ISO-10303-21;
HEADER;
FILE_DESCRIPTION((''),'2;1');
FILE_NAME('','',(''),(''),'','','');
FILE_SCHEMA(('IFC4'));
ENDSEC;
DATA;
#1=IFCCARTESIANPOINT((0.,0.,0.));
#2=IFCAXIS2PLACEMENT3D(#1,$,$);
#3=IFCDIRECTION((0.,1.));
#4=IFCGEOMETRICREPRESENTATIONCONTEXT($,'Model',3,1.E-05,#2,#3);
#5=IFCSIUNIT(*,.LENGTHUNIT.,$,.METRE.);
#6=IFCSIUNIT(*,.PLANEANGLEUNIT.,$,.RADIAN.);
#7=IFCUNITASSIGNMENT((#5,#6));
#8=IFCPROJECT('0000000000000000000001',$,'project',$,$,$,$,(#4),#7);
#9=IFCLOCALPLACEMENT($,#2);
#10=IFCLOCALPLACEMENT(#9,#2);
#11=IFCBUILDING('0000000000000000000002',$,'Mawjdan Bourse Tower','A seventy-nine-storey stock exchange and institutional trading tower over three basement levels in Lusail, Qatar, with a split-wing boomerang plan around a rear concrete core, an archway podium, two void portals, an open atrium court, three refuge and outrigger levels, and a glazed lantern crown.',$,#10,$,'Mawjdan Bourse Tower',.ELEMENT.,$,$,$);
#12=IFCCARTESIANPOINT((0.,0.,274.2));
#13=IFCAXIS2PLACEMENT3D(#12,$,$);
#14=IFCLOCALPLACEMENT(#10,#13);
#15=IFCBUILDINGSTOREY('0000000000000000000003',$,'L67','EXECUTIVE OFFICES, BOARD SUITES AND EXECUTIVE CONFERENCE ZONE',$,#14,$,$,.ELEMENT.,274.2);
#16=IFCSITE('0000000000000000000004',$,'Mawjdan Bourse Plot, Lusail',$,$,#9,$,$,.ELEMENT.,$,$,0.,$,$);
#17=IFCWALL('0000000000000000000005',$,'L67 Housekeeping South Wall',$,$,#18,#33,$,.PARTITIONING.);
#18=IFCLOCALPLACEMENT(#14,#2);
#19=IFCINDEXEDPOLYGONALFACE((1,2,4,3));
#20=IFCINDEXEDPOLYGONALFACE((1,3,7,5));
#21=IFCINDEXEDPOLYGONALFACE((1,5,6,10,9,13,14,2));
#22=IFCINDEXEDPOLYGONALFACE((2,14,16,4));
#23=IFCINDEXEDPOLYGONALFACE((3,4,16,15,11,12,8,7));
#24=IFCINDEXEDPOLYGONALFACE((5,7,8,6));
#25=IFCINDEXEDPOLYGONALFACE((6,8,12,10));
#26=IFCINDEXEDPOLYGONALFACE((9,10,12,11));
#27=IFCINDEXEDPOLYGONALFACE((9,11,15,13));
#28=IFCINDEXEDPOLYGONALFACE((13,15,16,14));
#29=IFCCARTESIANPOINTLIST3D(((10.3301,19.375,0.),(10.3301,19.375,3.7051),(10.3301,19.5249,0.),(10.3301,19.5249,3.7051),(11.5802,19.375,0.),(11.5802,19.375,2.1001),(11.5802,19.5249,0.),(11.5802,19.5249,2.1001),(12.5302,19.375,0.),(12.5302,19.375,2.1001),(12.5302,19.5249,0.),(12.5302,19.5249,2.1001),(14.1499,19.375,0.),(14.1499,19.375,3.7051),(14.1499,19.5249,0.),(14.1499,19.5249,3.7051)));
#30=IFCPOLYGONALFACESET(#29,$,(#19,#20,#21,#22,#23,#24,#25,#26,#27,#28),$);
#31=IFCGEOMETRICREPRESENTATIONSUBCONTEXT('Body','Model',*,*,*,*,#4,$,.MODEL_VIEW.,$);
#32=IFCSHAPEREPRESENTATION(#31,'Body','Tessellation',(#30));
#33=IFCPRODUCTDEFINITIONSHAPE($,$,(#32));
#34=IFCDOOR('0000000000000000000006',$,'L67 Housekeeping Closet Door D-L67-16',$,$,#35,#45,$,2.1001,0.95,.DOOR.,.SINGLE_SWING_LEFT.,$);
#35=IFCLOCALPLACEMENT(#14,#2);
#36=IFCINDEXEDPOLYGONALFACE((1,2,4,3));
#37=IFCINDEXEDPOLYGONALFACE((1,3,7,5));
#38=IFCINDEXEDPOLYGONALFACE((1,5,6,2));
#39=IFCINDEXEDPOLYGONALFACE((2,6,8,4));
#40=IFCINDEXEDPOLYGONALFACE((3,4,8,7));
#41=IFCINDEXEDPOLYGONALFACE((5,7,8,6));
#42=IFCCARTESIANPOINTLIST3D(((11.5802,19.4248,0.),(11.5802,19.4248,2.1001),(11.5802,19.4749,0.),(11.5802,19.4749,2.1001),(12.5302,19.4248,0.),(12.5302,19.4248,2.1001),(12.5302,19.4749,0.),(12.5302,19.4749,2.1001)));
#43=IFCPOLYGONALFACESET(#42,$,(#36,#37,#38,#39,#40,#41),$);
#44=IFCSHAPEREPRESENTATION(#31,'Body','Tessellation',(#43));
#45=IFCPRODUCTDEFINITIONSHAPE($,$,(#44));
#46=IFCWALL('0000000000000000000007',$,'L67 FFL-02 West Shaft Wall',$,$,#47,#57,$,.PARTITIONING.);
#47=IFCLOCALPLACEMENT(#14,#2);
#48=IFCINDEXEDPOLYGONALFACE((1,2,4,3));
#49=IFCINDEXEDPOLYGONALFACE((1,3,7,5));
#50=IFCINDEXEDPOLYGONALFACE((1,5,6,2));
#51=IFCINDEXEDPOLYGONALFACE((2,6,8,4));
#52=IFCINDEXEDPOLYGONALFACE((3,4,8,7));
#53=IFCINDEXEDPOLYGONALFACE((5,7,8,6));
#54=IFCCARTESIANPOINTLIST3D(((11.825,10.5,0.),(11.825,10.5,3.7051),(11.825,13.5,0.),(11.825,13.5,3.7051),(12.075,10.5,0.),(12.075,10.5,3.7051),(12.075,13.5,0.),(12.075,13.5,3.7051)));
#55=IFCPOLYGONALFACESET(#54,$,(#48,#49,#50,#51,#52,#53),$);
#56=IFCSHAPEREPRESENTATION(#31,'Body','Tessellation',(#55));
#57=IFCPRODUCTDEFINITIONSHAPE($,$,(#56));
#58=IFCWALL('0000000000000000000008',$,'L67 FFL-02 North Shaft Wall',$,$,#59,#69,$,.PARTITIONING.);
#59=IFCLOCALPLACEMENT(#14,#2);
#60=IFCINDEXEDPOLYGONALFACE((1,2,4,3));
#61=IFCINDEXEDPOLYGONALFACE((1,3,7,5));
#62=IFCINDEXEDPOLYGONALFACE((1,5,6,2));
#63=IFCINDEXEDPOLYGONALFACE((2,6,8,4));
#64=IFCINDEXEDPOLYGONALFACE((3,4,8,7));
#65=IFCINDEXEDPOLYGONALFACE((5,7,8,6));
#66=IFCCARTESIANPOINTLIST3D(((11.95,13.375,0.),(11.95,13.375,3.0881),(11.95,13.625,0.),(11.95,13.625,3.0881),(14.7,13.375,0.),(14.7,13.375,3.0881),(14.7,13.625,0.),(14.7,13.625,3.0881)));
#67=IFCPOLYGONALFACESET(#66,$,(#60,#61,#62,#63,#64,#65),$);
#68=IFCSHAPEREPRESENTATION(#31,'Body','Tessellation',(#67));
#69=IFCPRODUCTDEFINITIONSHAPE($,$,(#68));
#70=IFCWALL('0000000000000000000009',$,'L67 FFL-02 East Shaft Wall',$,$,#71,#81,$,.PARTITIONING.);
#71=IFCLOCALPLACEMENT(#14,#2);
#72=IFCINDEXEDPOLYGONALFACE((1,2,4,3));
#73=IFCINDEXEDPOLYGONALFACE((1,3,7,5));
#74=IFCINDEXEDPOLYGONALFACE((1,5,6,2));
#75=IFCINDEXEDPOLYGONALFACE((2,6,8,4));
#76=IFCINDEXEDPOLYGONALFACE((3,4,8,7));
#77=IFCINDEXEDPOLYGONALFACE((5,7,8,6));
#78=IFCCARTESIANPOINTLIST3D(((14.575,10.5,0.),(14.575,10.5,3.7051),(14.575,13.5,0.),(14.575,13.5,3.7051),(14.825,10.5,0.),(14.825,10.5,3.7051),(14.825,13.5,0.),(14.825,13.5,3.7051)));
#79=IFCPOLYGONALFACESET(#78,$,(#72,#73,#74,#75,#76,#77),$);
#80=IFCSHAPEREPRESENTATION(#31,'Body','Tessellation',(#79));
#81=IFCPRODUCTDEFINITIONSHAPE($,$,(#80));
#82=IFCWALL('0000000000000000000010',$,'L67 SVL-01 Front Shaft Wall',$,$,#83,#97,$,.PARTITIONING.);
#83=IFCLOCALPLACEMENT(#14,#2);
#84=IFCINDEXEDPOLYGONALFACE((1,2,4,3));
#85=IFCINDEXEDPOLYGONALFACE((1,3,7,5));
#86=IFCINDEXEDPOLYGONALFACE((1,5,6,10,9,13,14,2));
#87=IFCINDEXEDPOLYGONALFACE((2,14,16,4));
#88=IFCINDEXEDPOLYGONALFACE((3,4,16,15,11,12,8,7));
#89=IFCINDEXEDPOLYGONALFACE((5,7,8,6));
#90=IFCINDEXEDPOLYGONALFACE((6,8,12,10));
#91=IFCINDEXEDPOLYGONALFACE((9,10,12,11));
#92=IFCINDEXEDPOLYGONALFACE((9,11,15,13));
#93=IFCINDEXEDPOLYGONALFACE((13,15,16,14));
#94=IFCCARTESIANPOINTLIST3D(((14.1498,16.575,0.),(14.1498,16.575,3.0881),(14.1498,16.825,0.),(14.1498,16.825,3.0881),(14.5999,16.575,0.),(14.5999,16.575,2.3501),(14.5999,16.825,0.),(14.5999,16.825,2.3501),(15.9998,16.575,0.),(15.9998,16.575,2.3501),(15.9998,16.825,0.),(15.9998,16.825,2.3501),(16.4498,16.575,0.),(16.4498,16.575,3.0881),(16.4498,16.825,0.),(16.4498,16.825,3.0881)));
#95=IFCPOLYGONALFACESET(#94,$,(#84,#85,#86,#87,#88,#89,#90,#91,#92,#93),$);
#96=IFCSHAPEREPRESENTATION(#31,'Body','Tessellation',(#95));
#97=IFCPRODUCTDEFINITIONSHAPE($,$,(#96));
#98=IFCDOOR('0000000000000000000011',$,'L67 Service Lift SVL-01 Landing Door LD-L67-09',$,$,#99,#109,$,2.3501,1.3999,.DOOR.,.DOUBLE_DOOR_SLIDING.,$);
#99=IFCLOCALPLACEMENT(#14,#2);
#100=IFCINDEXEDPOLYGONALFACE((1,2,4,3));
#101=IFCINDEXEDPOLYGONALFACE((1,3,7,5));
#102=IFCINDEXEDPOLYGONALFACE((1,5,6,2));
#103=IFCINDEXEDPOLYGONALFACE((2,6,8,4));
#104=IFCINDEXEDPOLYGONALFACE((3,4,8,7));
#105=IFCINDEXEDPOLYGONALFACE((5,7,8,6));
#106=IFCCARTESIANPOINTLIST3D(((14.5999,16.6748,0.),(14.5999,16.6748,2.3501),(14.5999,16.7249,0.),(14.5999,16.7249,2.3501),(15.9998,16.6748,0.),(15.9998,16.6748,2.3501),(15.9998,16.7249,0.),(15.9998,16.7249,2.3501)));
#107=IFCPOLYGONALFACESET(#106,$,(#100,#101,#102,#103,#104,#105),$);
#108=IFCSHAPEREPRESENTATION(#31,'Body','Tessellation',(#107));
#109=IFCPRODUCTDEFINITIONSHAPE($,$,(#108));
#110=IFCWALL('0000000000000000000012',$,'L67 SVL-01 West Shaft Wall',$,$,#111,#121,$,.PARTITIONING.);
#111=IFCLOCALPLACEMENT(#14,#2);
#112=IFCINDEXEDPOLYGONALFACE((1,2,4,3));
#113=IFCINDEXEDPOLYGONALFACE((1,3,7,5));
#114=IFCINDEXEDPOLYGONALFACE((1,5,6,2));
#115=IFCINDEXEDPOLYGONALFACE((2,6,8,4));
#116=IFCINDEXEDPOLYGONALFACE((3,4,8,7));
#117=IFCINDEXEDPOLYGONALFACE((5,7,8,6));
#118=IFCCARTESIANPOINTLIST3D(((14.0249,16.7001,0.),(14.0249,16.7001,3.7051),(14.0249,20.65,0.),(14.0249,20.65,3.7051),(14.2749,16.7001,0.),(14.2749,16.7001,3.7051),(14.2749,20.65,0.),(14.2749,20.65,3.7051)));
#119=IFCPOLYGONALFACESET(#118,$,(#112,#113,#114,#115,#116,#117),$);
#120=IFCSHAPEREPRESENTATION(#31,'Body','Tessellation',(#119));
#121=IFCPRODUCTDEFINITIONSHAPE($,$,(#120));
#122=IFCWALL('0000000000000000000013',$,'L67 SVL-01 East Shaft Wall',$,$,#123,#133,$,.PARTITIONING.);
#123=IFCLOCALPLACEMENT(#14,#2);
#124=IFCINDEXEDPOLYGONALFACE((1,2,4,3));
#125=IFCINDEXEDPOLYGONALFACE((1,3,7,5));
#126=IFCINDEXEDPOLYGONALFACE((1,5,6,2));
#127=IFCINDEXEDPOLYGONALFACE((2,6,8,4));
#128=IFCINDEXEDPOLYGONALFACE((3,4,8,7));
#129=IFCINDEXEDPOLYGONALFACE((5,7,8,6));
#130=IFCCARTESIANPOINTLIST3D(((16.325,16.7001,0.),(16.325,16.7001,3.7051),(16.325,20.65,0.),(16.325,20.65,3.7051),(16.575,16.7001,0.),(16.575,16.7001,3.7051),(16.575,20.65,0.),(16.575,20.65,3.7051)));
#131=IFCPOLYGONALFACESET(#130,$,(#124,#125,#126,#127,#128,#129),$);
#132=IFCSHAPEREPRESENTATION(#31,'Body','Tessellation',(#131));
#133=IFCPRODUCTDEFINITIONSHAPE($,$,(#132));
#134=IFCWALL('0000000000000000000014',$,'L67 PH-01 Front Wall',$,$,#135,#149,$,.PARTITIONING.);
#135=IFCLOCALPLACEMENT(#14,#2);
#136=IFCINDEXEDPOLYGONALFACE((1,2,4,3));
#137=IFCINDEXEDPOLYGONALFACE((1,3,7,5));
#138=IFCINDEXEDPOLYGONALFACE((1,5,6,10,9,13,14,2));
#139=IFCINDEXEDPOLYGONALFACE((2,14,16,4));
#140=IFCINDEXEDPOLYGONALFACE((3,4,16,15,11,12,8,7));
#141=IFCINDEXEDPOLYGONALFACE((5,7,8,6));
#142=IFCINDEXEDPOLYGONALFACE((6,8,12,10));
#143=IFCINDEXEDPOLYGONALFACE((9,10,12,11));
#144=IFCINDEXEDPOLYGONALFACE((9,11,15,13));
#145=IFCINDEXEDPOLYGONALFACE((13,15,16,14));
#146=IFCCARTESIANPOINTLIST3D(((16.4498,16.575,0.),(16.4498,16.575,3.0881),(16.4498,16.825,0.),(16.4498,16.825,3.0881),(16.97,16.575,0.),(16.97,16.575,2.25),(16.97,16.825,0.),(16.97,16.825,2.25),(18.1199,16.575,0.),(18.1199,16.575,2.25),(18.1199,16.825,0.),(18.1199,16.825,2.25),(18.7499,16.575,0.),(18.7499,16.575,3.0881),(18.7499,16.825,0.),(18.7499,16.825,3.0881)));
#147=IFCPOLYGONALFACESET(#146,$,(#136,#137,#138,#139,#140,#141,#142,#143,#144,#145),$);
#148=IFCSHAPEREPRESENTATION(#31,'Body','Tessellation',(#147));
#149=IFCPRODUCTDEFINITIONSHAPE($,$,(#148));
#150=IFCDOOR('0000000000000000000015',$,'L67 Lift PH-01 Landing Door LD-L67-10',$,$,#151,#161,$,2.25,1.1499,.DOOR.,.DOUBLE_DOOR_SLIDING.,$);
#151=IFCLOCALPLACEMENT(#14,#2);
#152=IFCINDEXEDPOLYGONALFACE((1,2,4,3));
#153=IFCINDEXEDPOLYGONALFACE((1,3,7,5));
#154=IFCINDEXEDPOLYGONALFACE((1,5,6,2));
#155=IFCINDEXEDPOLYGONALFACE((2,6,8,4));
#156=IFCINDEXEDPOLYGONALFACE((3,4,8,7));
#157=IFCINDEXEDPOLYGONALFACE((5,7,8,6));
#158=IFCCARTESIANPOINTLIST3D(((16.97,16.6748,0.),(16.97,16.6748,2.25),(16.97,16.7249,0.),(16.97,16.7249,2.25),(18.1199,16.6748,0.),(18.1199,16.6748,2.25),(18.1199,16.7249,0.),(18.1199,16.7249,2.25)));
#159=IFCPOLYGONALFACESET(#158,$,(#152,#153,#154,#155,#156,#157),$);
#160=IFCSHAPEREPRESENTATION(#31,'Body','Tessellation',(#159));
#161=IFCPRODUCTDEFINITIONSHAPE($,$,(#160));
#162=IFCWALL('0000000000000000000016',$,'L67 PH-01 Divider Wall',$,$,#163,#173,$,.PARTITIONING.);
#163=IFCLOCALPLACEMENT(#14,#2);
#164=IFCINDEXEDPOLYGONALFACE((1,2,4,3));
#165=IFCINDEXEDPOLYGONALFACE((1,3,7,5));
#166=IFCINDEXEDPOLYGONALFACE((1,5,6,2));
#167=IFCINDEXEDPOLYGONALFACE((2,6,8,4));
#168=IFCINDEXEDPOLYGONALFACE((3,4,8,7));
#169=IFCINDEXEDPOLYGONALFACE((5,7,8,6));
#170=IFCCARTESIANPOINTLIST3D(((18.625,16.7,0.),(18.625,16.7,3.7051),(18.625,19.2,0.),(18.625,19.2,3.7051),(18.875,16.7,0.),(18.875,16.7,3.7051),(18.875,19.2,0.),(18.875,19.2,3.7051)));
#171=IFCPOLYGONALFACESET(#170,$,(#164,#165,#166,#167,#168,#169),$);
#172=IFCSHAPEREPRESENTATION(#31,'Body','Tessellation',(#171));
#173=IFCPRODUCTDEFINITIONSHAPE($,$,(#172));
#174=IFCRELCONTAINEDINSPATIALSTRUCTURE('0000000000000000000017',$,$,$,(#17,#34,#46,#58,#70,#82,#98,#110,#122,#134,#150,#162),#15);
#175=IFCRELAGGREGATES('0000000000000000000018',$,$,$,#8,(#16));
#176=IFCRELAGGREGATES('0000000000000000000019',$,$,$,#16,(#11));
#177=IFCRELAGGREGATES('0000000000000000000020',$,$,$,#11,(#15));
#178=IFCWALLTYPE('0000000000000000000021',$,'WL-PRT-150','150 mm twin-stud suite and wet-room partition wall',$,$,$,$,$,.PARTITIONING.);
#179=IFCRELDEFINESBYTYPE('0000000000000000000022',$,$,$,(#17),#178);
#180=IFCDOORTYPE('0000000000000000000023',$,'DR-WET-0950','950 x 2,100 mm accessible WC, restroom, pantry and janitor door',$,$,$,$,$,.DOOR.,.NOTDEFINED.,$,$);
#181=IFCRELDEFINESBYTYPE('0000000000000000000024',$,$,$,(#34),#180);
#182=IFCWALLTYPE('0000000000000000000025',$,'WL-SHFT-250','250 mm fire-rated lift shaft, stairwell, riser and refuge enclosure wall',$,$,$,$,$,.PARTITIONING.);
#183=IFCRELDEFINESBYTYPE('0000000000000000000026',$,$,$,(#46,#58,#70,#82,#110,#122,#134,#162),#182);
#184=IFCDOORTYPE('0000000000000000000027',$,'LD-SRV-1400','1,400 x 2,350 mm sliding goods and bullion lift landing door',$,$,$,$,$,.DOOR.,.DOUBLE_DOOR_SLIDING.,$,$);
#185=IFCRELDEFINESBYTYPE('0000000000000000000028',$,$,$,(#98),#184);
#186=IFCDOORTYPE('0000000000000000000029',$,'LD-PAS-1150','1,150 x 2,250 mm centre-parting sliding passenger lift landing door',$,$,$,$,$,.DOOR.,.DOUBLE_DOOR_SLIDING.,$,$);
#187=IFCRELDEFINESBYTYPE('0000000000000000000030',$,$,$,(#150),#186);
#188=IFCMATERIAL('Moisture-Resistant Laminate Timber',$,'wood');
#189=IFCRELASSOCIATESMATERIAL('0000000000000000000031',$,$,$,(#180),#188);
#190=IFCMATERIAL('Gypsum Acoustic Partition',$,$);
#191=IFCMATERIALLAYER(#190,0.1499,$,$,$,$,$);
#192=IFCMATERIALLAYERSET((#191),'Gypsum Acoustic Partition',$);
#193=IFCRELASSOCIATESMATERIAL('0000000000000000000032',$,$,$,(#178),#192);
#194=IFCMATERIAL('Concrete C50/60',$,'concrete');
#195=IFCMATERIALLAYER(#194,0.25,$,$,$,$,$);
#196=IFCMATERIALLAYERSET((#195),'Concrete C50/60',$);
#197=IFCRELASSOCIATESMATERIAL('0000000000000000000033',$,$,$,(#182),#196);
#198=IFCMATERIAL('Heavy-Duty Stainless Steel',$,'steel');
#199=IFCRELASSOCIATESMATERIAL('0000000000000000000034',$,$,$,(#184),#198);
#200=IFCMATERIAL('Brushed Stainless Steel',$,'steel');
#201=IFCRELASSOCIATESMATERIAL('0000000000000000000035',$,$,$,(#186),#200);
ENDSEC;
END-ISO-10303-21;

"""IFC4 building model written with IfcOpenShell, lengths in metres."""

from ifc_helpers import new_model, si_unit, direction, frame, frame_2d, origin, place, context, subcontext, project, spatial, rectangle, extrude, material, layer, layer_set, type_object, element, fill, save


model = new_model("IFC4")

# Units and contexts
model_context = context("Model", 3, precision=1e-05, world=origin(), true_north=direction((0.0, 1.0)))
body_context = subcontext(model_context, "Body", "Model", "MODEL_VIEW")
ifc_project = project(units=[si_unit("LENGTHUNIT", "METRE"), si_unit("PLANEANGLEUNIT", "RADIAN")], contexts=[model_context])

# Site, building, storey
site_placement = place(None, origin())
site = spatial("IfcSite", under=ifc_project, at=site_placement, Name="Mawjdan Bourse Plot, Lusail", CompositionType="ELEMENT", RefElevation=0.0)
building_placement = place(site_placement, origin())
building = spatial("IfcBuilding", under=site, at=building_placement, Name="Mawjdan Bourse Tower", Description="A seventy-nine-storey stock exchange and institutional trading tower over three basement levels in Lusail, Qatar, with a split-wing boomerang plan around a rear concrete core, an archway podium, two void portals, an open atrium court, three refuge and outrigger levels, and a glazed lantern crown.", LongName="Mawjdan Bourse Tower", CompositionType="ELEMENT")
storey_placement = place(building_placement, frame((0.0, 0.0, 274.2)))
storey = spatial("IfcBuildingStorey", under=building, at=storey_placement, Name="L67", Description="EXECUTIVE OFFICES, BOARD SUITES AND EXECUTIVE CONFERENCE ZONE", CompositionType="ELEMENT", Elevation=274.2)

# Wall, opening, door
ifc_material_1 = material(Name="Moisture-Resistant Laminate Timber", Category="wood")
door_type_1 = type_object("IfcDoorType", Name="DR-WET-0950", Description="950 x 2,100 mm accessible WC, restroom, pantry and janitor door", OperationType="NOTDEFINED", PredefinedType="DOOR", material=ifc_material_1)
ifc_material_2 = material(Name="Gypsum Acoustic Partition")
ifc_layer_1 = layer(ifc_material_2, 0.1499)
ifc_layer_set_1 = layer_set([ifc_layer_1], Name="Gypsum Acoustic Partition")
wall_type_1 = type_object("IfcWallType", Name="WL-PRT-150", Description="150 mm twin-stud suite and wet-room partition wall", PredefinedType="PARTITIONING", material=ifc_layer_set_1)
wall_1_placement = place(storey_placement, frame((10.3301, 19.45, 0.0), z_axis=(0.0, 0.0, 1.0), x_axis=(1.0, 0.0, 0.0)))
wall_1 = element("IfcWall", 1, at=wall_1_placement, inside=storey, type_object=wall_type_1, Name="L67 Housekeeping South Wall", PredefinedType="PARTITIONING", context=body_context, shape_type="SweptSolid", body=[
    extrude(rectangle(XDim=3.8198, YDim=0.1499, at=frame_2d((1.9099, 0.0))), origin(), (0.0, 0.0, 1.0), 3.7051),
])
opening_1_placement = place(wall_1_placement, frame((1.25, 0.0, 0.0)))
opening_1 = element("IfcOpeningElement", 2, at=opening_1_placement, cuts=wall_1, PredefinedType="OPENING", context=body_context, shape_type="SweptSolid", body=[
    extrude(rectangle(XDim=0.95, YDim=2.1001, at=frame_2d((0.4751, 1.05))), frame((0.0, 0.085, 0.0), z_axis=(0.0, -1.0, 0.0), x_axis=(1.0, 0.0, 0.0)), (0.0, 0.0, 1.0), 0.1699),
])
door_1_placement = place(opening_1_placement, origin())
door_1 = element("IfcDoor", 3, at=door_1_placement, inside=storey, type_object=door_type_1, Name="L67 Housekeeping Closet Door D-L67-16", OperationType="SINGLE_SWING_LEFT", OverallHeight=2.1001, OverallWidth=0.95, PredefinedType="DOOR", context=body_context, shape_type="SweptSolid", body=[
    extrude(rectangle(XDim=0.95, YDim=2.1001, at=frame_2d((0.4751, 1.05))), frame((0.0, 0.0249, 0.0), z_axis=(0.0, -1.0, 0.0), x_axis=(1.0, 0.0, 0.0)), (0.0, 0.0, 1.0), 0.05),
])
fill(opening_1, door_1)

# Walls
ifc_material_3 = material(Name="Concrete C50/60", Category="concrete")
ifc_layer_2 = layer(ifc_material_3, 0.25)
ifc_layer_set_2 = layer_set([ifc_layer_2], Name="Concrete C50/60")
wall_type_2 = type_object("IfcWallType", Name="WL-SHFT-250", Description="250 mm fire-rated lift shaft, stairwell, riser and refuge enclosure wall", PredefinedType="PARTITIONING", material=ifc_layer_set_2)
wall_2_placement = place(storey_placement, frame((11.95, 10.5, 0.0), z_axis=(0.0, 0.0, 1.0), x_axis=(0.0, 1.0, 0.0)))
element("IfcWall", 4, at=wall_2_placement, inside=storey, type_object=wall_type_2, Name="L67 FFL-02 West Shaft Wall", PredefinedType="PARTITIONING", context=body_context, shape_type="SweptSolid", body=[
    extrude(rectangle(XDim=3.0, YDim=0.25, at=frame_2d((1.5, 0.0))), origin(), (0.0, 0.0, 1.0), 3.7051),
])
wall_3_placement = place(storey_placement, frame((11.95, 13.5, 0.0), z_axis=(0.0, 0.0, 1.0), x_axis=(1.0, 0.0, 0.0)))
element("IfcWall", 5, at=wall_3_placement, inside=storey, type_object=wall_type_2, Name="L67 FFL-02 North Shaft Wall", PredefinedType="PARTITIONING", context=body_context, shape_type="SweptSolid", body=[
    extrude(rectangle(XDim=2.75, YDim=0.25, at=frame_2d((1.375, 0.0))), origin(), (0.0, 0.0, 1.0), 3.0881),
])
wall_4_placement = place(storey_placement, frame((14.7, 10.5, 0.0), z_axis=(0.0, 0.0, 1.0), x_axis=(0.0, 1.0, 0.0)))
element("IfcWall", 6, at=wall_4_placement, inside=storey, type_object=wall_type_2, Name="L67 FFL-02 East Shaft Wall", PredefinedType="PARTITIONING", context=body_context, shape_type="SweptSolid", body=[
    extrude(rectangle(XDim=3.0, YDim=0.25, at=frame_2d((1.5, 0.0))), origin(), (0.0, 0.0, 1.0), 3.7051),
])

# Wall, opening, door
wall_5_placement = place(storey_placement, frame((14.1499, 16.7, 0.0), z_axis=(0.0, 0.0, 1.0), x_axis=(1.0, 0.0, 0.0)))
wall_5 = element("IfcWall", 7, at=wall_5_placement, inside=storey, type_object=wall_type_2, Name="L67 SVL-01 Front Shaft Wall", PredefinedType="PARTITIONING", context=body_context, shape_type="SweptSolid", body=[
    extrude(rectangle(XDim=2.3, YDim=0.25, at=frame_2d((1.1499, 0.0))), origin(), (0.0, 0.0, 1.0), 3.0881),
])
opening_2_placement = place(wall_5_placement, frame((0.45, 0.0, 0.0)))
opening_2 = element("IfcOpeningElement", 8, at=opening_2_placement, cuts=wall_5, PredefinedType="OPENING", context=body_context, shape_type="SweptSolid", body=[
    extrude(rectangle(XDim=1.3999, YDim=2.3501, at=frame_2d((0.7, 1.175))), frame((0.0, 0.135, 0.0), z_axis=(0.0, -1.0, 0.0), x_axis=(1.0, 0.0, 0.0)), (0.0, 0.0, 1.0), 0.27),
])
ifc_material_4 = material(Name="Heavy-Duty Stainless Steel", Category="steel")
door_type_2 = type_object("IfcDoorType", Name="LD-SRV-1400", Description="1,400 x 2,350 mm sliding goods and bullion lift landing door", OperationType="DOUBLE_DOOR_SLIDING", PredefinedType="DOOR", material=ifc_material_4)
door_2_placement = place(opening_2_placement, origin())
door_2 = element("IfcDoor", 9, at=door_2_placement, inside=storey, type_object=door_type_2, Name="L67 Service Lift SVL-01 Landing Door LD-L67-09", OperationType="DOUBLE_DOOR_SLIDING", OverallHeight=2.3501, OverallWidth=1.3999, PredefinedType="DOOR", context=body_context, shape_type="SweptSolid", body=[
    extrude(rectangle(XDim=1.3999, YDim=2.3501, at=frame_2d((0.7, 1.175))), frame((0.0, 0.0249, 0.0), z_axis=(0.0, -1.0, 0.0), x_axis=(1.0, 0.0, 0.0)), (0.0, 0.0, 1.0), 0.05),
])
fill(opening_2, door_2)

# Walls
for number, where, z_axis, x_axis, name in (
    (10, (14.1499, 16.7, 0.0), (0.0, 0.0, 1.0), (0.0, 1.0, 0.0), "L67 SVL-01 West Shaft Wall"),
    (11, (16.45, 16.7, 0.0), (0.0, 0.0, 1.0), (0.0, 1.0, 0.0), "L67 SVL-01 East Shaft Wall"),
):
    element("IfcWall", number, at=place(storey_placement, frame(where, z_axis=z_axis, x_axis=x_axis)), inside=storey, type_object=wall_type_2, Name=name, PredefinedType="PARTITIONING", context=body_context, shape_type="SweptSolid", body=[
        extrude(rectangle(XDim=3.95, YDim=0.25, at=frame_2d((1.9751, 0.0))), origin(), (0.0, 0.0, 1.0), 3.7051),
    ])

# Wall, opening, door
wall_6_placement = place(storey_placement, frame((16.45, 16.7, 0.0), z_axis=(0.0, 0.0, 1.0), x_axis=(1.0, 0.0, 0.0)))
wall_6 = element("IfcWall", 12, at=wall_6_placement, inside=storey, type_object=wall_type_2, Name="L67 PH-01 Front Wall", PredefinedType="PARTITIONING", context=body_context, shape_type="SweptSolid", body=[
    extrude(rectangle(XDim=2.3, YDim=0.25, at=frame_2d((1.1499, 0.0))), origin(), (0.0, 0.0, 1.0), 3.0881),
])
opening_3_placement = place(wall_6_placement, frame((0.52, 0.0, 0.0)))
opening_3 = element("IfcOpeningElement", 13, at=opening_3_placement, cuts=wall_6, PredefinedType="OPENING", context=body_context, shape_type="SweptSolid", body=[
    extrude(rectangle(XDim=1.1499, YDim=2.25, at=frame_2d((0.575, 1.125))), frame((0.0, 0.135, 0.0), z_axis=(0.0, -1.0, 0.0), x_axis=(1.0, 0.0, 0.0)), (0.0, 0.0, 1.0), 0.27),
])
ifc_material_5 = material(Name="Brushed Stainless Steel", Category="steel")
door_type_3 = type_object("IfcDoorType", Name="LD-PAS-1150", Description="1,150 x 2,250 mm centre-parting sliding passenger lift landing door", OperationType="DOUBLE_DOOR_SLIDING", PredefinedType="DOOR", material=ifc_material_5)
door_3_placement = place(opening_3_placement, origin())
door_3 = element("IfcDoor", 14, at=door_3_placement, inside=storey, type_object=door_type_3, Name="L67 Lift PH-01 Landing Door LD-L67-10", OperationType="DOUBLE_DOOR_SLIDING", OverallHeight=2.25, OverallWidth=1.1499, PredefinedType="DOOR", context=body_context, shape_type="SweptSolid", body=[
    extrude(rectangle(XDim=1.1499, YDim=2.25, at=frame_2d((0.575, 1.125))), frame((0.0, 0.0249, 0.0), z_axis=(0.0, -1.0, 0.0), x_axis=(1.0, 0.0, 0.0)), (0.0, 0.0, 1.0), 0.05),
])
fill(opening_3, door_3)

# Wall
wall_7_placement = place(storey_placement, frame((18.75, 16.7, 0.0), z_axis=(0.0, 0.0, 1.0), x_axis=(0.0, 1.0, 0.0)))
element("IfcWall", 15, at=wall_7_placement, inside=storey, type_object=wall_type_2, Name="L67 PH-01 Divider Wall", PredefinedType="PARTITIONING", context=body_context, shape_type="SweptSolid", body=[
    extrude(rectangle(XDim=2.5, YDim=0.25, at=frame_2d((1.25, 0.0))), origin(), (0.0, 0.0, 1.0), 3.7051),
])

save(model, "model.ifc")
